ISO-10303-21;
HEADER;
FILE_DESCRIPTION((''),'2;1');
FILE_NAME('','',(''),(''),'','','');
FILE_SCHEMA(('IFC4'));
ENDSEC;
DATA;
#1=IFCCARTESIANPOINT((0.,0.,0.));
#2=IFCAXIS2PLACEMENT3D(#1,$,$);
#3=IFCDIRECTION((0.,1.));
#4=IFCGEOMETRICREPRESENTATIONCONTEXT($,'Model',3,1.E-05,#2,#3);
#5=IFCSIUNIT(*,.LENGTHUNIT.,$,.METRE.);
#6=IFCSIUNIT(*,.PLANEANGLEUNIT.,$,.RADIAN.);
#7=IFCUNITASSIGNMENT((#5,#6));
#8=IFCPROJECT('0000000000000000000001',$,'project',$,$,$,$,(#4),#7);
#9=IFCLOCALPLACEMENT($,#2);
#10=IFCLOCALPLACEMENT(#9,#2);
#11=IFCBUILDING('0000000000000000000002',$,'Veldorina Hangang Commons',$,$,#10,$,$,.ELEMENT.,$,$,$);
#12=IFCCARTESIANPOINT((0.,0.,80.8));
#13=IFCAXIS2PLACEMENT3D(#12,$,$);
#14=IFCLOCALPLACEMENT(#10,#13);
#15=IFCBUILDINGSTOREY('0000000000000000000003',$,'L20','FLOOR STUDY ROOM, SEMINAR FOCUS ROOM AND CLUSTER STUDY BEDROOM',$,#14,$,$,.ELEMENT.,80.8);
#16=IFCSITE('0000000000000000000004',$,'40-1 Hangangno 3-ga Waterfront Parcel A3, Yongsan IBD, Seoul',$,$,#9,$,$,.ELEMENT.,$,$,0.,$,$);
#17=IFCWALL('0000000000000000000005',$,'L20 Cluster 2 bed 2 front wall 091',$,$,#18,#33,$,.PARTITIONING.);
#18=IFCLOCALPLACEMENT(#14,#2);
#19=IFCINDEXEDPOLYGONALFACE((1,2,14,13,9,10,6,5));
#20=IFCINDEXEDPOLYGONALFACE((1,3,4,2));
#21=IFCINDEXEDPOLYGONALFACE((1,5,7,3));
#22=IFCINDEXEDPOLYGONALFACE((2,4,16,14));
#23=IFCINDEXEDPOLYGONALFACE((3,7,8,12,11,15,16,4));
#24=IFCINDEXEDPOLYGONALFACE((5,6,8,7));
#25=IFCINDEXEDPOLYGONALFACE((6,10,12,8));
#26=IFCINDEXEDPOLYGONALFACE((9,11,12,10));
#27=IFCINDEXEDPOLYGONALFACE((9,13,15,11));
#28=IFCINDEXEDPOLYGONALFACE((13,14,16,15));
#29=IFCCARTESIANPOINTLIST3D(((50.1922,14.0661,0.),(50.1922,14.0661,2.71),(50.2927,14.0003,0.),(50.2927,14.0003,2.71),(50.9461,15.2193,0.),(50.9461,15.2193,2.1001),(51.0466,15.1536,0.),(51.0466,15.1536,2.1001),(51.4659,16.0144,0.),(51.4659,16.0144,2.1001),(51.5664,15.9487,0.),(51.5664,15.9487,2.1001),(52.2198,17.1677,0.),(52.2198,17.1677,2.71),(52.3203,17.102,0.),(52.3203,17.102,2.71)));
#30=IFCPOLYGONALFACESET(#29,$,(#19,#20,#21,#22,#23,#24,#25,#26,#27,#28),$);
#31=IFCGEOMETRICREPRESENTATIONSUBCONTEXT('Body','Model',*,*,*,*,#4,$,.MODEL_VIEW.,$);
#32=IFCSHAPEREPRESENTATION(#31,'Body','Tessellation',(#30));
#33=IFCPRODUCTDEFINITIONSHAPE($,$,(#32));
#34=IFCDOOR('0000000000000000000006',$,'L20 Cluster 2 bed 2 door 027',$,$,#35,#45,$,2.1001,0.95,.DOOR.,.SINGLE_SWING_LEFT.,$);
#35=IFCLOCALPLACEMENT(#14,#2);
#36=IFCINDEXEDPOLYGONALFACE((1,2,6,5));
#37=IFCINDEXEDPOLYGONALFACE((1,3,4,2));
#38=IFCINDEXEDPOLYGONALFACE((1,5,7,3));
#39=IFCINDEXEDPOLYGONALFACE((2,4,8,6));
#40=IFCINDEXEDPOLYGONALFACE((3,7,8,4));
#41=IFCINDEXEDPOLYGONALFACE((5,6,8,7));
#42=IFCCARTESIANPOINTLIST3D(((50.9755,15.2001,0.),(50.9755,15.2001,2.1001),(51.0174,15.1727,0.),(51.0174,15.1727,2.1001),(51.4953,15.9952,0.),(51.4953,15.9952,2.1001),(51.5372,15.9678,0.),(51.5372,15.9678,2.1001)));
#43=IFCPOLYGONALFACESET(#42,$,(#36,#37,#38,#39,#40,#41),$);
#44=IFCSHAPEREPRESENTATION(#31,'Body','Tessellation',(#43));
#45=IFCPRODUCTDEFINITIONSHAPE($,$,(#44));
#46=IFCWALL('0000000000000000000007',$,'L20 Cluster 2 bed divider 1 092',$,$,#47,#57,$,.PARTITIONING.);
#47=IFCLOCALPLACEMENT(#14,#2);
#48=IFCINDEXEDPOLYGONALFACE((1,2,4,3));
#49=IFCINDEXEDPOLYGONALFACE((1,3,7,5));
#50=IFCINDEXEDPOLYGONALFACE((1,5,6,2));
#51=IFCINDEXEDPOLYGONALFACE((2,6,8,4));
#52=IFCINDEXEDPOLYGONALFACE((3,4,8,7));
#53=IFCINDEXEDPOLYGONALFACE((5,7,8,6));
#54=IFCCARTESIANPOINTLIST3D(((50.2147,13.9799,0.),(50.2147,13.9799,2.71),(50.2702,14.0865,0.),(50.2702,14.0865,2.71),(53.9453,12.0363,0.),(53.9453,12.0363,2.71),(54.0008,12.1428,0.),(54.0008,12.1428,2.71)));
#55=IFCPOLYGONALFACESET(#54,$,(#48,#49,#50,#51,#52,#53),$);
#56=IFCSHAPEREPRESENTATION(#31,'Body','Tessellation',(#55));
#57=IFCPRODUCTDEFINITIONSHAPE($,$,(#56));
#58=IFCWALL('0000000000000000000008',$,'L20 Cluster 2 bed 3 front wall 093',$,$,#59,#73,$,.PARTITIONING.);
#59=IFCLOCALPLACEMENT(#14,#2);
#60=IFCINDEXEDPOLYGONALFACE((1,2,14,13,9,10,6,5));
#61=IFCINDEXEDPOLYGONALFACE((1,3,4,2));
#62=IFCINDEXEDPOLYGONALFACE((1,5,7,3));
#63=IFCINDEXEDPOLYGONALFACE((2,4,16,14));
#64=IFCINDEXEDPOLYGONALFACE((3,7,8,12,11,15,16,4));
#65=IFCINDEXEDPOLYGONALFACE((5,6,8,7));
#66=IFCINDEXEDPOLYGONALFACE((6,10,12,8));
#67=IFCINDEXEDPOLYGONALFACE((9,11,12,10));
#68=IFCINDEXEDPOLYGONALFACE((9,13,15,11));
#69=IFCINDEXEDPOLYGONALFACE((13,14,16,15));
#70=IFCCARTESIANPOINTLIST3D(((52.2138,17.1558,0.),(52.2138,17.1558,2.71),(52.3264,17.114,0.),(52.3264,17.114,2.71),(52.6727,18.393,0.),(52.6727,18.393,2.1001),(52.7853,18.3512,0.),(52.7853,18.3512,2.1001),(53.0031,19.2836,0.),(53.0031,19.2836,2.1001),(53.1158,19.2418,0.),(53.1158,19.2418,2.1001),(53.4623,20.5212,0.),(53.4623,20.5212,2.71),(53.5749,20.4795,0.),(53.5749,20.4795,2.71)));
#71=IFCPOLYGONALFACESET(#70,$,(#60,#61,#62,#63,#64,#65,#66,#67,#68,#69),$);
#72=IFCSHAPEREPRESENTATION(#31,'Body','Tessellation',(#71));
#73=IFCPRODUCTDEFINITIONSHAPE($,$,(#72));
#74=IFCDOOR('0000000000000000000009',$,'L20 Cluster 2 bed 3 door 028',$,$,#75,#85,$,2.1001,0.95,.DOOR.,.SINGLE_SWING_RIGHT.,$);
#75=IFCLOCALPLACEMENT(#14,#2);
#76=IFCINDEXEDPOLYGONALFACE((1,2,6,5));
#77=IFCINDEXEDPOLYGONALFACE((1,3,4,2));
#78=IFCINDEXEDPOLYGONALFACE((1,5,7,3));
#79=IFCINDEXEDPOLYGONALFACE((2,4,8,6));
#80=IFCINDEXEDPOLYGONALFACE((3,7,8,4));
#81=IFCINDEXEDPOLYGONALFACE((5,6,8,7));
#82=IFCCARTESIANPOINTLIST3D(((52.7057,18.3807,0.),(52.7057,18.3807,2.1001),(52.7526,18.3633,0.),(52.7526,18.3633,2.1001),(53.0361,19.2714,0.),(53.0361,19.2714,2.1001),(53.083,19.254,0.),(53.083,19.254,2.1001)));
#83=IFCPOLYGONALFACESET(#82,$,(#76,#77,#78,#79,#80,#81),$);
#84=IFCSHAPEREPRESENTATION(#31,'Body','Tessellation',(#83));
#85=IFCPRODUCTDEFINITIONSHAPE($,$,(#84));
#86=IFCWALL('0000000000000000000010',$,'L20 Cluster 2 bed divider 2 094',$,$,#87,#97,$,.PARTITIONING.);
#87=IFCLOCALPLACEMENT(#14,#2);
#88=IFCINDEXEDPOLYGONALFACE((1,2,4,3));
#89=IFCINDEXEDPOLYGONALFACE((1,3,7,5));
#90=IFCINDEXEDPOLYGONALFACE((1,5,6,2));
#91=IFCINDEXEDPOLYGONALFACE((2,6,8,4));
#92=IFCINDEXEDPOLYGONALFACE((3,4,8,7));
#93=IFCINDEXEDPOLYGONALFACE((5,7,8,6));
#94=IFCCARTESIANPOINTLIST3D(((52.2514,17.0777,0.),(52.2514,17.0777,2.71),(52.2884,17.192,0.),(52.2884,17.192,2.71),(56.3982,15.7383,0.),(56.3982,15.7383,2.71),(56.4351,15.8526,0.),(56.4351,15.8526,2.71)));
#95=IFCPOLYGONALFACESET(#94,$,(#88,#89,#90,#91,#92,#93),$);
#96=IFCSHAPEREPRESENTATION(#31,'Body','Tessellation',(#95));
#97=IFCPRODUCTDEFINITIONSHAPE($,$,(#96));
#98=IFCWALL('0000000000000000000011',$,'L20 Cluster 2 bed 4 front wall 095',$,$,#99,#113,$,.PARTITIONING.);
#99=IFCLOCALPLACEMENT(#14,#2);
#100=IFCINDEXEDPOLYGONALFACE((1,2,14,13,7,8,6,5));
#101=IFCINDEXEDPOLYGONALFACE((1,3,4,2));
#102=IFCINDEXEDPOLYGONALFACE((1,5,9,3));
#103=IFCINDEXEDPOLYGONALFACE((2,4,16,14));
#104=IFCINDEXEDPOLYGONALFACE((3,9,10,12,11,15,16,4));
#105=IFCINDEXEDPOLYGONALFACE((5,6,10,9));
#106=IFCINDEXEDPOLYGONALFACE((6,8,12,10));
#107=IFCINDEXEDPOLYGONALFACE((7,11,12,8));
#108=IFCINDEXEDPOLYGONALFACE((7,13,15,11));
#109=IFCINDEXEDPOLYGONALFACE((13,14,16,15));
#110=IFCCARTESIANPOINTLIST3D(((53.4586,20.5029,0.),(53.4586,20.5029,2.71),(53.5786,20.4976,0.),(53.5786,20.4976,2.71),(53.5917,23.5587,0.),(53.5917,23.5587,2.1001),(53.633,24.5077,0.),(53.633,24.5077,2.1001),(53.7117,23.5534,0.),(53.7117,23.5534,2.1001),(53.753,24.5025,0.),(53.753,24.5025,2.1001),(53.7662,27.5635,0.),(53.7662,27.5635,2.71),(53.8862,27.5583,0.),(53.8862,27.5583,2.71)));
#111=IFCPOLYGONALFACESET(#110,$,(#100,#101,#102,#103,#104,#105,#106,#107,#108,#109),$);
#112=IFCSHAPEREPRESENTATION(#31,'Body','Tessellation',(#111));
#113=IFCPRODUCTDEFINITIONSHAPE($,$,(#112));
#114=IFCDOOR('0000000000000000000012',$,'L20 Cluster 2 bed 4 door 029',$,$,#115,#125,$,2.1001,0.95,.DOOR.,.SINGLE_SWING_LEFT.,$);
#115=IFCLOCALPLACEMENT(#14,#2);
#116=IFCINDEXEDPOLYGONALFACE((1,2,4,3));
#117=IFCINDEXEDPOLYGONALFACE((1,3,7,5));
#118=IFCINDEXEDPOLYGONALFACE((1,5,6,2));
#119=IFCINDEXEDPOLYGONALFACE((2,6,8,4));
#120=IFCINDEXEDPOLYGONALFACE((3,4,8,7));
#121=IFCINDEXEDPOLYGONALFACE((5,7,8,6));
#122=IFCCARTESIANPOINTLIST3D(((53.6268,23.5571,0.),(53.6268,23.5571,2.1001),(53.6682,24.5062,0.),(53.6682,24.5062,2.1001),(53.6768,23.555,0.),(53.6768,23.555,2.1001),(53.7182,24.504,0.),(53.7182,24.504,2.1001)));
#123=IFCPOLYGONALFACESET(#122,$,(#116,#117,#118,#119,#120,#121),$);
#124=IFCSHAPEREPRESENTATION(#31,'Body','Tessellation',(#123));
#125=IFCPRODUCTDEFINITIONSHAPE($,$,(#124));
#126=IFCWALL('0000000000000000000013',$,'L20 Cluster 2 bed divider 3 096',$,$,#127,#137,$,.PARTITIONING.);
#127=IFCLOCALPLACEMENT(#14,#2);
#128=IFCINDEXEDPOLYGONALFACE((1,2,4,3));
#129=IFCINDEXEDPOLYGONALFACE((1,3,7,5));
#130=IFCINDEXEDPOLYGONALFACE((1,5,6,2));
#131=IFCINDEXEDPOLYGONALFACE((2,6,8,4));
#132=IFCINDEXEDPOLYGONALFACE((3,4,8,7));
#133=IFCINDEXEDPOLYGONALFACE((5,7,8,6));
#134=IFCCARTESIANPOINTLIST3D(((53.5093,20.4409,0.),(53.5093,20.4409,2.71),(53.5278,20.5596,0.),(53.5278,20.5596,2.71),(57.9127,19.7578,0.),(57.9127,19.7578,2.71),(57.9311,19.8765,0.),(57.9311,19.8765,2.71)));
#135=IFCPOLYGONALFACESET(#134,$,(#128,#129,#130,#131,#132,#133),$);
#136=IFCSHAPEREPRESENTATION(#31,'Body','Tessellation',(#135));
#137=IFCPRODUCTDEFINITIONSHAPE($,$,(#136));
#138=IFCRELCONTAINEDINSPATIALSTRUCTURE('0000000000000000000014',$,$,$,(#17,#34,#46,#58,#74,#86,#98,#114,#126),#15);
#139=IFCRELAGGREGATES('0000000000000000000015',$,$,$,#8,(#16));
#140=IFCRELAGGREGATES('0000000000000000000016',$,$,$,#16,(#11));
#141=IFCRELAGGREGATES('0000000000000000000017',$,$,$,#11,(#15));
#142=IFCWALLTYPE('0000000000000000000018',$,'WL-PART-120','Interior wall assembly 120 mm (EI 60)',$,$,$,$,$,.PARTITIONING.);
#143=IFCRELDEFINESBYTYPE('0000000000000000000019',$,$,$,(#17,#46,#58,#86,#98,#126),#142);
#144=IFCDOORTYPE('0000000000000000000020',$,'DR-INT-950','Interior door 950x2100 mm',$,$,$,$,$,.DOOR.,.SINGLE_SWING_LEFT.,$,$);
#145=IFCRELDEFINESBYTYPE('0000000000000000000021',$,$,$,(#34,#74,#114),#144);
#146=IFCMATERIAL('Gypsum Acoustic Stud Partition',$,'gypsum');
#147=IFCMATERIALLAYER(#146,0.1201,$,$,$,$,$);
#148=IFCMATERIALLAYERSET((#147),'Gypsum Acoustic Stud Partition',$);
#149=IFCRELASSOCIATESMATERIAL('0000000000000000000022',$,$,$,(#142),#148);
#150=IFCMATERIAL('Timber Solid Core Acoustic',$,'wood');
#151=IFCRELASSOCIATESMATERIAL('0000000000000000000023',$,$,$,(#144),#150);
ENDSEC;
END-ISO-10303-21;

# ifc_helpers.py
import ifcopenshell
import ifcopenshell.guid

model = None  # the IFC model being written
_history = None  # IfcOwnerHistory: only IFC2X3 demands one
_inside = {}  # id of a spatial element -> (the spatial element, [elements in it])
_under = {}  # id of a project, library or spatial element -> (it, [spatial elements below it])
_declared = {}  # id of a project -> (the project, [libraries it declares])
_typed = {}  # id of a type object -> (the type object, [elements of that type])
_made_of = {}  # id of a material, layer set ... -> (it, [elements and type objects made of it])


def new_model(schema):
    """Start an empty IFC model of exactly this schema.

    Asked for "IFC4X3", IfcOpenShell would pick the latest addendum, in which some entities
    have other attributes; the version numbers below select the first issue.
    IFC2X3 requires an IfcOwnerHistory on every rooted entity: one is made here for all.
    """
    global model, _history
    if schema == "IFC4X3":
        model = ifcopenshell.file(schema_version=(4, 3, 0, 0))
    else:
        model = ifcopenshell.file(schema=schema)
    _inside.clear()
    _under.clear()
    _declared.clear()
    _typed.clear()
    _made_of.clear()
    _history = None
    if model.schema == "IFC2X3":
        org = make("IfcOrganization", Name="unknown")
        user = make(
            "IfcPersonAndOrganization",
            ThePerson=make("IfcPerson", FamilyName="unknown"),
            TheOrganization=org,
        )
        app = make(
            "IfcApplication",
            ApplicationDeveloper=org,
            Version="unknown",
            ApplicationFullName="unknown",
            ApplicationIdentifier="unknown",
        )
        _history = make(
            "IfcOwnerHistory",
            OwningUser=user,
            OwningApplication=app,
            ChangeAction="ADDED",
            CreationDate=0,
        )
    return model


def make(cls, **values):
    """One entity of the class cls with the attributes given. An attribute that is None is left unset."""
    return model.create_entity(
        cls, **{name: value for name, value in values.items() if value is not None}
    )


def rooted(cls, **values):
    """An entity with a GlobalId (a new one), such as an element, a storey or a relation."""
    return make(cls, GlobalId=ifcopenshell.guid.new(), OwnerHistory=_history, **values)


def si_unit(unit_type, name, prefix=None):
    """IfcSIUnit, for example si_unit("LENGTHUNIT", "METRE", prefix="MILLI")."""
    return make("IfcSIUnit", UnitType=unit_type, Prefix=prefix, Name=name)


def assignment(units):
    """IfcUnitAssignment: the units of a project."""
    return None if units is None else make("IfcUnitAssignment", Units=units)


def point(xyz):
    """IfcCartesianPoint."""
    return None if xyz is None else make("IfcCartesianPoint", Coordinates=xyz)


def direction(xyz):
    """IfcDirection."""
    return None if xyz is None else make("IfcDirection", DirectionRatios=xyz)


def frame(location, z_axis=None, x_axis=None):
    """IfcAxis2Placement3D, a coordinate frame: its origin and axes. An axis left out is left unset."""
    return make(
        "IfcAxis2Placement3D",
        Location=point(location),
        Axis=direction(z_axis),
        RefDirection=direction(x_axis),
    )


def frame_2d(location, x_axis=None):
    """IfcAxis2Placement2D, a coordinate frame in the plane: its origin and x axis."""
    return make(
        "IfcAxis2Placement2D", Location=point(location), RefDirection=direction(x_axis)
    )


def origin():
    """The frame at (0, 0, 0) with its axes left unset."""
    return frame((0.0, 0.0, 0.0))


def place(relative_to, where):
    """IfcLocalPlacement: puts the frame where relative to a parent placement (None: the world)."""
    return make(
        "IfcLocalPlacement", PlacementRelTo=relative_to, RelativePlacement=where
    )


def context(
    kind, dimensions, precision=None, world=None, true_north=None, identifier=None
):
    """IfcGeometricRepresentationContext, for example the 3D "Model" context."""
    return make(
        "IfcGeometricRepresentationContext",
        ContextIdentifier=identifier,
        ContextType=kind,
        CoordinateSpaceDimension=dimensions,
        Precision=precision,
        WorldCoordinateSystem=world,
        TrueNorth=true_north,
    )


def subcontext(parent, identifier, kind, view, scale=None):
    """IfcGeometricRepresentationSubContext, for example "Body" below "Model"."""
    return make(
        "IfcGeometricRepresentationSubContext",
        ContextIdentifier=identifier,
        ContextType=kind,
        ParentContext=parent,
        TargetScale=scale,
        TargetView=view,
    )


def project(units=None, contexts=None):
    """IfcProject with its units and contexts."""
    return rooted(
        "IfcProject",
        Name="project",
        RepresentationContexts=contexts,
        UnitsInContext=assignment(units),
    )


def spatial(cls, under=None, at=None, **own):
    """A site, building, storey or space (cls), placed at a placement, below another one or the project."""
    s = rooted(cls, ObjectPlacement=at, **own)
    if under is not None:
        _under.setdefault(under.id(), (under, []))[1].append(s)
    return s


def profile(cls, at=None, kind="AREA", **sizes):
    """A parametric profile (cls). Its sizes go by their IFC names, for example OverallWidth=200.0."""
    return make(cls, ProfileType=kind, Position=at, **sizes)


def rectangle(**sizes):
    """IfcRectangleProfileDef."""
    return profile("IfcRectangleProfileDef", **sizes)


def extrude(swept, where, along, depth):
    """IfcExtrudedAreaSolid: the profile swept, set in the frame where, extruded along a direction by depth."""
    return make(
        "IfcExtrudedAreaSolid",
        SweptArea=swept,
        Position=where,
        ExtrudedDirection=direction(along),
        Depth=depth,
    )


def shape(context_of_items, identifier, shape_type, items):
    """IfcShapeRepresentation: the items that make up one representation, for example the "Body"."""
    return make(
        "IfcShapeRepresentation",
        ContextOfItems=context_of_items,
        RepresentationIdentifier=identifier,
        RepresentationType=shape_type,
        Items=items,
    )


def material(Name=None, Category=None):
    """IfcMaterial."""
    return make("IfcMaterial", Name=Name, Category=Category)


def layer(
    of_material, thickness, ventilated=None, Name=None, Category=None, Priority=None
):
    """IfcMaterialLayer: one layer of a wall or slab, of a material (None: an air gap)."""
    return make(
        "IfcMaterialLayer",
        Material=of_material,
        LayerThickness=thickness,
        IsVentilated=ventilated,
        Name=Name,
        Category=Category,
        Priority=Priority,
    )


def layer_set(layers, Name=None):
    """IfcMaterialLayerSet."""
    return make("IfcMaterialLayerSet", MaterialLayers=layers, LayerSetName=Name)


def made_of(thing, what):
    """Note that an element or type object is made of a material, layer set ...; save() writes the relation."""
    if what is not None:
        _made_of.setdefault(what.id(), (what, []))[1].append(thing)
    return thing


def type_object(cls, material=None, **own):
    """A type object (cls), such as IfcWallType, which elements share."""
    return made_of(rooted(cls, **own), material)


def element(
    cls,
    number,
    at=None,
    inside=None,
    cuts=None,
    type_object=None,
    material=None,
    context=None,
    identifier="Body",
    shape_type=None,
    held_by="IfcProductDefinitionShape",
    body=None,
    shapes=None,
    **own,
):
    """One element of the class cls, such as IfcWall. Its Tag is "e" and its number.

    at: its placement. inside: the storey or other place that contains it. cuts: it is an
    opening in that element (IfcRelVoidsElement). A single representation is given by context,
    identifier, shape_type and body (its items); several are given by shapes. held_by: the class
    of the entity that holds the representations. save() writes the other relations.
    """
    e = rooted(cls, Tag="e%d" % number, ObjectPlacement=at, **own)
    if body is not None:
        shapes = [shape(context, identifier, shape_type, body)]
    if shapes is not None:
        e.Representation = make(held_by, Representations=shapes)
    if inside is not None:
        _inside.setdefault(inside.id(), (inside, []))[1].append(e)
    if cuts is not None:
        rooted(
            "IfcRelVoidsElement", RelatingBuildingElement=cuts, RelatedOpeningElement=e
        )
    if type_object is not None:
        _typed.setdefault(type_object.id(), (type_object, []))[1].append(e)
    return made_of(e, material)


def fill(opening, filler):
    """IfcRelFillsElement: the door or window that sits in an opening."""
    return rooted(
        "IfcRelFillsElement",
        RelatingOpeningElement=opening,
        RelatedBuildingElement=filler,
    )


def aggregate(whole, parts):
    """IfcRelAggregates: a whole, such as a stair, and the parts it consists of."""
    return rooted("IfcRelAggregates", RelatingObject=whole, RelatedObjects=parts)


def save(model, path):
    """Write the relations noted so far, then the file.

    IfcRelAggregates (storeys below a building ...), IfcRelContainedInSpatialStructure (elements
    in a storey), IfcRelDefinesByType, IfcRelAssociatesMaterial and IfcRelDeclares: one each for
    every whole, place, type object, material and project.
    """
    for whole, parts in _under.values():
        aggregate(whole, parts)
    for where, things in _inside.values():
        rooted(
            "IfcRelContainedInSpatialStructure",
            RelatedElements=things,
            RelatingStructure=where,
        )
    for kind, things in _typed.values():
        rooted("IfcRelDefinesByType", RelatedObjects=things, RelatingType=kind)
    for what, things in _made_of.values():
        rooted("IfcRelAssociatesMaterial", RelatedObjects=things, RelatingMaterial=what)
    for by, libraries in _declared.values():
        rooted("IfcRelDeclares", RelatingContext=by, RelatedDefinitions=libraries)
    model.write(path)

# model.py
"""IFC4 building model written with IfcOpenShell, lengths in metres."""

from ifc_helpers import new_model, si_unit, direction, frame, frame_2d, origin, place, context, subcontext, project, spatial, rectangle, extrude, material, layer, layer_set, type_object, element, fill, save


model = new_model("IFC4")

# Units and contexts
model_context = context("Model", 3, precision=1e-05, world=origin(), true_north=direction((0.0, 1.0)))
body_context = subcontext(model_context, "Body", "Model", "MODEL_VIEW")
ifc_project = project(units=[si_unit("LENGTHUNIT", "METRE"), si_unit("PLANEANGLEUNIT", "RADIAN")], contexts=[model_context])

# Site, building, storey
site_placement = place(None, origin())
site = spatial("IfcSite", under=ifc_project, at=site_placement, Name="40-1 Hangangno 3-ga Waterfront Parcel A3, Yongsan IBD, Seoul", CompositionType="ELEMENT", RefElevation=0.0)
building_placement = place(site_placement, origin())
building = spatial("IfcBuilding", under=site, at=building_placement, Name="Veldorina Hangang Commons", CompositionType="ELEMENT")
storey_placement = place(building_placement, frame((0.0, 0.0, 80.8)))
storey = spatial("IfcBuildingStorey", under=building, at=storey_placement, Name="L20", Description="FLOOR STUDY ROOM, SEMINAR FOCUS ROOM AND CLUSTER STUDY BEDROOM", CompositionType="ELEMENT", Elevation=80.8)

# Shared definitions
ifc_material_1 = material(Name="Gypsum Acoustic Stud Partition", Category="gypsum")
ifc_layer_1 = layer(ifc_material_1, 0.1201)
ifc_layer_set_1 = layer_set([ifc_layer_1], Name="Gypsum Acoustic Stud Partition")
wall_type_1 = type_object("IfcWallType", Name="WL-PART-120", Description="Interior wall assembly 120 mm (EI 60)", PredefinedType="PARTITIONING", material=ifc_layer_set_1)

# Wall, opening, door
wall_1_placement = place(storey_placement, frame((50.2424, 14.0332, 0.0), z_axis=(0.0, 0.0, 1.0), x_axis=(0.547182, 0.837014, 0.0)))
wall_1 = element("IfcWall", 1, at=wall_1_placement, inside=storey, type_object=wall_type_1, Name="L20 Cluster 2 bed 2 front wall 091", PredefinedType="PARTITIONING", context=body_context, shape_type="SweptSolid", body=[
    extrude(rectangle(XDim=3.7056, YDim=0.1201, at=frame_2d((1.8528, 0.0))), origin(), (0.0, 0.0, 1.0), 2.71),
])
opening_1_placement = place(wall_1_placement, frame((1.3777, 0.0, 0.0)))
opening_1 = element("IfcOpeningElement", 2, at=opening_1_placement, cuts=wall_1, PredefinedType="OPENING", context=body_context, shape_type="SweptSolid", body=[
    extrude(rectangle(XDim=0.95, YDim=2.1001, at=frame_2d((0.4751, 1.05))), frame((0.0, 0.0701, 0.0), z_axis=(0.0, -1.0, 0.0), x_axis=(1.0, 0.0, 0.0)), (0.0, 0.0, 1.0), 0.1401),
])
ifc_material_2 = material(Name="Timber Solid Core Acoustic", Category="wood")
door_type = type_object("IfcDoorType", Name="DR-INT-950", Description="Interior door 950x2100 mm", OperationType="SINGLE_SWING_LEFT", PredefinedType="DOOR", material=ifc_material_2)
door_1_placement = place(opening_1_placement, origin())
door_1 = element("IfcDoor", 3, at=door_1_placement, inside=storey, type_object=door_type, Name="L20 Cluster 2 bed 2 door 027", OperationType="SINGLE_SWING_LEFT", OverallHeight=2.1001, OverallWidth=0.95, PredefinedType="DOOR", context=body_context, shape_type="SweptSolid", body=[
    extrude(rectangle(XDim=0.95, YDim=2.1001, at=frame_2d((0.4751, 1.05))), frame((0.0, 0.0249, 0.0), z_axis=(0.0, -1.0, 0.0), x_axis=(1.0, 0.0, 0.0)), (0.0, 0.0, 1.0), 0.05),
])
fill(opening_1, door_1)

# Wall
wall_2_placement = place(storey_placement, frame((50.2424, 14.0332, 0.0), z_axis=(0.0, 0.0, 1.0), x_axis=(0.886851, -0.462056, 0.0)))
element("IfcWall", 4, at=wall_2_placement, inside=storey, type_object=wall_type_1, Name="L20 Cluster 2 bed divider 1 092", PredefinedType="PARTITIONING", context=body_context, shape_type="SweptSolid", body=[
    extrude(rectangle(XDim=4.2065, YDim=0.1201, at=frame_2d((2.1033, 0.0))), origin(), (0.0, 0.0, 1.0), 2.71),
])

# Wall, opening, door
wall_3_placement = place(storey_placement, frame((52.27, 17.1348, 0.0), z_axis=(0.0, 0.0, 1.0), x_axis=(0.347819, 0.937562, 0.0)))
wall_3 = element("IfcWall", 5, at=wall_3_placement, inside=storey, type_object=wall_type_1, Name="L20 Cluster 2 bed 3 front wall 093", PredefinedType="PARTITIONING", context=body_context, shape_type="SweptSolid", body=[
    extrude(rectangle(XDim=3.5896, YDim=0.1201, at=frame_2d((1.7949, 0.0))), origin(), (0.0, 0.0, 1.0), 2.71),
])
opening_2_placement = place(wall_3_placement, frame((1.3196, 0.0, 0.0)))
opening_2 = element("IfcOpeningElement", 6, at=opening_2_placement, cuts=wall_3, PredefinedType="OPENING", context=body_context, shape_type="SweptSolid", body=[
    extrude(rectangle(XDim=0.95, YDim=2.1001, at=frame_2d((0.4751, 1.05))), frame((0.0, 0.0701, 0.0), z_axis=(0.0, -1.0, 0.0), x_axis=(1.0, 0.0, 0.0)), (0.0, 0.0, 1.0), 0.1401),
])
door_2_placement = place(opening_2_placement, origin())
door_2 = element("IfcDoor", 7, at=door_2_placement, inside=storey, type_object=door_type, Name="L20 Cluster 2 bed 3 door 028", OperationType="SINGLE_SWING_RIGHT", OverallHeight=2.1001, OverallWidth=0.95, PredefinedType="DOOR", context=body_context, shape_type="SweptSolid", body=[
    extrude(rectangle(XDim=0.95, YDim=2.1001, at=frame_2d((0.4751, 1.05))), frame((0.0, 0.0249, 0.0), z_axis=(0.0, -1.0, 0.0), x_axis=(1.0, 0.0, 0.0)), (0.0, 0.0, 1.0), 0.05),
])
fill(opening_2, door_2)

# Wall
wall_4_placement = place(storey_placement, frame((52.27, 17.1348, 0.0), z_axis=(0.0, 0.0, 1.0), x_axis=(0.951594, -0.307356, 0.0)))
element("IfcWall", 8, at=wall_4_placement, inside=storey, type_object=wall_type_1, Name="L20 Cluster 2 bed divider 2 094", PredefinedType="PARTITIONING", context=body_context, shape_type="SweptSolid", body=[
    extrude(rectangle(XDim=4.3577, YDim=0.1201, at=frame_2d((2.1787, 0.0))), origin(), (0.0, 0.0, 1.0), 2.71),
])

# Wall, opening, door
wall_5_placement = place(storey_placement, frame((53.5186, 20.5002, 0.0), z_axis=(0.0, 0.0, 1.0), x_axis=(0.043526, 0.999052, 0.0)))
wall_5 = element("IfcWall", 9, at=wall_5_placement, inside=storey, type_object=wall_type_1, Name="L20 Cluster 2 bed 4 front wall 095", PredefinedType="PARTITIONING", context=body_context, shape_type="SweptSolid", body=[
    extrude(rectangle(XDim=7.0674, YDim=0.1201, at=frame_2d((3.5337, 0.0))), origin(), (0.0, 0.0, 1.0), 2.71),
])
opening_3_placement = place(wall_5_placement, frame((3.0586, 0.0, 0.0)))
opening_3 = element("IfcOpeningElement", 10, at=opening_3_placement, cuts=wall_5, PredefinedType="OPENING", context=body_context, shape_type="SweptSolid", body=[
    extrude(rectangle(XDim=0.95, YDim=2.1001, at=frame_2d((0.4751, 1.05))), frame((0.0, 0.0701, 0.0), z_axis=(0.0, -1.0, 0.0), x_axis=(1.0, 0.0, 0.0)), (0.0, 0.0, 1.0), 0.1401),
])
door_3_placement = place(opening_3_placement, origin())
door_3 = element("IfcDoor", 11, at=door_3_placement, inside=storey, type_object=door_type, Name="L20 Cluster 2 bed 4 door 029", OperationType="SINGLE_SWING_LEFT", OverallHeight=2.1001, OverallWidth=0.95, PredefinedType="DOOR", context=body_context, shape_type="SweptSolid", body=[
    extrude(rectangle(XDim=0.95, YDim=2.1001, at=frame_2d((0.4751, 1.05))), frame((0.0, 0.0249, 0.0), z_axis=(0.0, -1.0, 0.0), x_axis=(1.0, 0.0, 0.0)), (0.0, 0.0, 1.0), 0.05),
])
fill(opening_3, door_3)

# Wall
wall_6_placement = place(storey_placement, frame((53.5186, 20.5002, 0.0), z_axis=(0.0, 0.0, 1.0), x_axis=(0.98818, -0.1533, 0.0)))
element("IfcWall", 12, at=wall_6_placement, inside=storey, type_object=wall_type_1, Name="L20 Cluster 2 bed divider 3 096", PredefinedType="PARTITIONING", context=body_context, shape_type="SweptSolid", body=[
    extrude(rectangle(XDim=4.4561, YDim=0.1201, at=frame_2d((2.228, 0.0))), origin(), (0.0, 0.0, 1.0), 2.71),
])

save(model, "model.ifc")
